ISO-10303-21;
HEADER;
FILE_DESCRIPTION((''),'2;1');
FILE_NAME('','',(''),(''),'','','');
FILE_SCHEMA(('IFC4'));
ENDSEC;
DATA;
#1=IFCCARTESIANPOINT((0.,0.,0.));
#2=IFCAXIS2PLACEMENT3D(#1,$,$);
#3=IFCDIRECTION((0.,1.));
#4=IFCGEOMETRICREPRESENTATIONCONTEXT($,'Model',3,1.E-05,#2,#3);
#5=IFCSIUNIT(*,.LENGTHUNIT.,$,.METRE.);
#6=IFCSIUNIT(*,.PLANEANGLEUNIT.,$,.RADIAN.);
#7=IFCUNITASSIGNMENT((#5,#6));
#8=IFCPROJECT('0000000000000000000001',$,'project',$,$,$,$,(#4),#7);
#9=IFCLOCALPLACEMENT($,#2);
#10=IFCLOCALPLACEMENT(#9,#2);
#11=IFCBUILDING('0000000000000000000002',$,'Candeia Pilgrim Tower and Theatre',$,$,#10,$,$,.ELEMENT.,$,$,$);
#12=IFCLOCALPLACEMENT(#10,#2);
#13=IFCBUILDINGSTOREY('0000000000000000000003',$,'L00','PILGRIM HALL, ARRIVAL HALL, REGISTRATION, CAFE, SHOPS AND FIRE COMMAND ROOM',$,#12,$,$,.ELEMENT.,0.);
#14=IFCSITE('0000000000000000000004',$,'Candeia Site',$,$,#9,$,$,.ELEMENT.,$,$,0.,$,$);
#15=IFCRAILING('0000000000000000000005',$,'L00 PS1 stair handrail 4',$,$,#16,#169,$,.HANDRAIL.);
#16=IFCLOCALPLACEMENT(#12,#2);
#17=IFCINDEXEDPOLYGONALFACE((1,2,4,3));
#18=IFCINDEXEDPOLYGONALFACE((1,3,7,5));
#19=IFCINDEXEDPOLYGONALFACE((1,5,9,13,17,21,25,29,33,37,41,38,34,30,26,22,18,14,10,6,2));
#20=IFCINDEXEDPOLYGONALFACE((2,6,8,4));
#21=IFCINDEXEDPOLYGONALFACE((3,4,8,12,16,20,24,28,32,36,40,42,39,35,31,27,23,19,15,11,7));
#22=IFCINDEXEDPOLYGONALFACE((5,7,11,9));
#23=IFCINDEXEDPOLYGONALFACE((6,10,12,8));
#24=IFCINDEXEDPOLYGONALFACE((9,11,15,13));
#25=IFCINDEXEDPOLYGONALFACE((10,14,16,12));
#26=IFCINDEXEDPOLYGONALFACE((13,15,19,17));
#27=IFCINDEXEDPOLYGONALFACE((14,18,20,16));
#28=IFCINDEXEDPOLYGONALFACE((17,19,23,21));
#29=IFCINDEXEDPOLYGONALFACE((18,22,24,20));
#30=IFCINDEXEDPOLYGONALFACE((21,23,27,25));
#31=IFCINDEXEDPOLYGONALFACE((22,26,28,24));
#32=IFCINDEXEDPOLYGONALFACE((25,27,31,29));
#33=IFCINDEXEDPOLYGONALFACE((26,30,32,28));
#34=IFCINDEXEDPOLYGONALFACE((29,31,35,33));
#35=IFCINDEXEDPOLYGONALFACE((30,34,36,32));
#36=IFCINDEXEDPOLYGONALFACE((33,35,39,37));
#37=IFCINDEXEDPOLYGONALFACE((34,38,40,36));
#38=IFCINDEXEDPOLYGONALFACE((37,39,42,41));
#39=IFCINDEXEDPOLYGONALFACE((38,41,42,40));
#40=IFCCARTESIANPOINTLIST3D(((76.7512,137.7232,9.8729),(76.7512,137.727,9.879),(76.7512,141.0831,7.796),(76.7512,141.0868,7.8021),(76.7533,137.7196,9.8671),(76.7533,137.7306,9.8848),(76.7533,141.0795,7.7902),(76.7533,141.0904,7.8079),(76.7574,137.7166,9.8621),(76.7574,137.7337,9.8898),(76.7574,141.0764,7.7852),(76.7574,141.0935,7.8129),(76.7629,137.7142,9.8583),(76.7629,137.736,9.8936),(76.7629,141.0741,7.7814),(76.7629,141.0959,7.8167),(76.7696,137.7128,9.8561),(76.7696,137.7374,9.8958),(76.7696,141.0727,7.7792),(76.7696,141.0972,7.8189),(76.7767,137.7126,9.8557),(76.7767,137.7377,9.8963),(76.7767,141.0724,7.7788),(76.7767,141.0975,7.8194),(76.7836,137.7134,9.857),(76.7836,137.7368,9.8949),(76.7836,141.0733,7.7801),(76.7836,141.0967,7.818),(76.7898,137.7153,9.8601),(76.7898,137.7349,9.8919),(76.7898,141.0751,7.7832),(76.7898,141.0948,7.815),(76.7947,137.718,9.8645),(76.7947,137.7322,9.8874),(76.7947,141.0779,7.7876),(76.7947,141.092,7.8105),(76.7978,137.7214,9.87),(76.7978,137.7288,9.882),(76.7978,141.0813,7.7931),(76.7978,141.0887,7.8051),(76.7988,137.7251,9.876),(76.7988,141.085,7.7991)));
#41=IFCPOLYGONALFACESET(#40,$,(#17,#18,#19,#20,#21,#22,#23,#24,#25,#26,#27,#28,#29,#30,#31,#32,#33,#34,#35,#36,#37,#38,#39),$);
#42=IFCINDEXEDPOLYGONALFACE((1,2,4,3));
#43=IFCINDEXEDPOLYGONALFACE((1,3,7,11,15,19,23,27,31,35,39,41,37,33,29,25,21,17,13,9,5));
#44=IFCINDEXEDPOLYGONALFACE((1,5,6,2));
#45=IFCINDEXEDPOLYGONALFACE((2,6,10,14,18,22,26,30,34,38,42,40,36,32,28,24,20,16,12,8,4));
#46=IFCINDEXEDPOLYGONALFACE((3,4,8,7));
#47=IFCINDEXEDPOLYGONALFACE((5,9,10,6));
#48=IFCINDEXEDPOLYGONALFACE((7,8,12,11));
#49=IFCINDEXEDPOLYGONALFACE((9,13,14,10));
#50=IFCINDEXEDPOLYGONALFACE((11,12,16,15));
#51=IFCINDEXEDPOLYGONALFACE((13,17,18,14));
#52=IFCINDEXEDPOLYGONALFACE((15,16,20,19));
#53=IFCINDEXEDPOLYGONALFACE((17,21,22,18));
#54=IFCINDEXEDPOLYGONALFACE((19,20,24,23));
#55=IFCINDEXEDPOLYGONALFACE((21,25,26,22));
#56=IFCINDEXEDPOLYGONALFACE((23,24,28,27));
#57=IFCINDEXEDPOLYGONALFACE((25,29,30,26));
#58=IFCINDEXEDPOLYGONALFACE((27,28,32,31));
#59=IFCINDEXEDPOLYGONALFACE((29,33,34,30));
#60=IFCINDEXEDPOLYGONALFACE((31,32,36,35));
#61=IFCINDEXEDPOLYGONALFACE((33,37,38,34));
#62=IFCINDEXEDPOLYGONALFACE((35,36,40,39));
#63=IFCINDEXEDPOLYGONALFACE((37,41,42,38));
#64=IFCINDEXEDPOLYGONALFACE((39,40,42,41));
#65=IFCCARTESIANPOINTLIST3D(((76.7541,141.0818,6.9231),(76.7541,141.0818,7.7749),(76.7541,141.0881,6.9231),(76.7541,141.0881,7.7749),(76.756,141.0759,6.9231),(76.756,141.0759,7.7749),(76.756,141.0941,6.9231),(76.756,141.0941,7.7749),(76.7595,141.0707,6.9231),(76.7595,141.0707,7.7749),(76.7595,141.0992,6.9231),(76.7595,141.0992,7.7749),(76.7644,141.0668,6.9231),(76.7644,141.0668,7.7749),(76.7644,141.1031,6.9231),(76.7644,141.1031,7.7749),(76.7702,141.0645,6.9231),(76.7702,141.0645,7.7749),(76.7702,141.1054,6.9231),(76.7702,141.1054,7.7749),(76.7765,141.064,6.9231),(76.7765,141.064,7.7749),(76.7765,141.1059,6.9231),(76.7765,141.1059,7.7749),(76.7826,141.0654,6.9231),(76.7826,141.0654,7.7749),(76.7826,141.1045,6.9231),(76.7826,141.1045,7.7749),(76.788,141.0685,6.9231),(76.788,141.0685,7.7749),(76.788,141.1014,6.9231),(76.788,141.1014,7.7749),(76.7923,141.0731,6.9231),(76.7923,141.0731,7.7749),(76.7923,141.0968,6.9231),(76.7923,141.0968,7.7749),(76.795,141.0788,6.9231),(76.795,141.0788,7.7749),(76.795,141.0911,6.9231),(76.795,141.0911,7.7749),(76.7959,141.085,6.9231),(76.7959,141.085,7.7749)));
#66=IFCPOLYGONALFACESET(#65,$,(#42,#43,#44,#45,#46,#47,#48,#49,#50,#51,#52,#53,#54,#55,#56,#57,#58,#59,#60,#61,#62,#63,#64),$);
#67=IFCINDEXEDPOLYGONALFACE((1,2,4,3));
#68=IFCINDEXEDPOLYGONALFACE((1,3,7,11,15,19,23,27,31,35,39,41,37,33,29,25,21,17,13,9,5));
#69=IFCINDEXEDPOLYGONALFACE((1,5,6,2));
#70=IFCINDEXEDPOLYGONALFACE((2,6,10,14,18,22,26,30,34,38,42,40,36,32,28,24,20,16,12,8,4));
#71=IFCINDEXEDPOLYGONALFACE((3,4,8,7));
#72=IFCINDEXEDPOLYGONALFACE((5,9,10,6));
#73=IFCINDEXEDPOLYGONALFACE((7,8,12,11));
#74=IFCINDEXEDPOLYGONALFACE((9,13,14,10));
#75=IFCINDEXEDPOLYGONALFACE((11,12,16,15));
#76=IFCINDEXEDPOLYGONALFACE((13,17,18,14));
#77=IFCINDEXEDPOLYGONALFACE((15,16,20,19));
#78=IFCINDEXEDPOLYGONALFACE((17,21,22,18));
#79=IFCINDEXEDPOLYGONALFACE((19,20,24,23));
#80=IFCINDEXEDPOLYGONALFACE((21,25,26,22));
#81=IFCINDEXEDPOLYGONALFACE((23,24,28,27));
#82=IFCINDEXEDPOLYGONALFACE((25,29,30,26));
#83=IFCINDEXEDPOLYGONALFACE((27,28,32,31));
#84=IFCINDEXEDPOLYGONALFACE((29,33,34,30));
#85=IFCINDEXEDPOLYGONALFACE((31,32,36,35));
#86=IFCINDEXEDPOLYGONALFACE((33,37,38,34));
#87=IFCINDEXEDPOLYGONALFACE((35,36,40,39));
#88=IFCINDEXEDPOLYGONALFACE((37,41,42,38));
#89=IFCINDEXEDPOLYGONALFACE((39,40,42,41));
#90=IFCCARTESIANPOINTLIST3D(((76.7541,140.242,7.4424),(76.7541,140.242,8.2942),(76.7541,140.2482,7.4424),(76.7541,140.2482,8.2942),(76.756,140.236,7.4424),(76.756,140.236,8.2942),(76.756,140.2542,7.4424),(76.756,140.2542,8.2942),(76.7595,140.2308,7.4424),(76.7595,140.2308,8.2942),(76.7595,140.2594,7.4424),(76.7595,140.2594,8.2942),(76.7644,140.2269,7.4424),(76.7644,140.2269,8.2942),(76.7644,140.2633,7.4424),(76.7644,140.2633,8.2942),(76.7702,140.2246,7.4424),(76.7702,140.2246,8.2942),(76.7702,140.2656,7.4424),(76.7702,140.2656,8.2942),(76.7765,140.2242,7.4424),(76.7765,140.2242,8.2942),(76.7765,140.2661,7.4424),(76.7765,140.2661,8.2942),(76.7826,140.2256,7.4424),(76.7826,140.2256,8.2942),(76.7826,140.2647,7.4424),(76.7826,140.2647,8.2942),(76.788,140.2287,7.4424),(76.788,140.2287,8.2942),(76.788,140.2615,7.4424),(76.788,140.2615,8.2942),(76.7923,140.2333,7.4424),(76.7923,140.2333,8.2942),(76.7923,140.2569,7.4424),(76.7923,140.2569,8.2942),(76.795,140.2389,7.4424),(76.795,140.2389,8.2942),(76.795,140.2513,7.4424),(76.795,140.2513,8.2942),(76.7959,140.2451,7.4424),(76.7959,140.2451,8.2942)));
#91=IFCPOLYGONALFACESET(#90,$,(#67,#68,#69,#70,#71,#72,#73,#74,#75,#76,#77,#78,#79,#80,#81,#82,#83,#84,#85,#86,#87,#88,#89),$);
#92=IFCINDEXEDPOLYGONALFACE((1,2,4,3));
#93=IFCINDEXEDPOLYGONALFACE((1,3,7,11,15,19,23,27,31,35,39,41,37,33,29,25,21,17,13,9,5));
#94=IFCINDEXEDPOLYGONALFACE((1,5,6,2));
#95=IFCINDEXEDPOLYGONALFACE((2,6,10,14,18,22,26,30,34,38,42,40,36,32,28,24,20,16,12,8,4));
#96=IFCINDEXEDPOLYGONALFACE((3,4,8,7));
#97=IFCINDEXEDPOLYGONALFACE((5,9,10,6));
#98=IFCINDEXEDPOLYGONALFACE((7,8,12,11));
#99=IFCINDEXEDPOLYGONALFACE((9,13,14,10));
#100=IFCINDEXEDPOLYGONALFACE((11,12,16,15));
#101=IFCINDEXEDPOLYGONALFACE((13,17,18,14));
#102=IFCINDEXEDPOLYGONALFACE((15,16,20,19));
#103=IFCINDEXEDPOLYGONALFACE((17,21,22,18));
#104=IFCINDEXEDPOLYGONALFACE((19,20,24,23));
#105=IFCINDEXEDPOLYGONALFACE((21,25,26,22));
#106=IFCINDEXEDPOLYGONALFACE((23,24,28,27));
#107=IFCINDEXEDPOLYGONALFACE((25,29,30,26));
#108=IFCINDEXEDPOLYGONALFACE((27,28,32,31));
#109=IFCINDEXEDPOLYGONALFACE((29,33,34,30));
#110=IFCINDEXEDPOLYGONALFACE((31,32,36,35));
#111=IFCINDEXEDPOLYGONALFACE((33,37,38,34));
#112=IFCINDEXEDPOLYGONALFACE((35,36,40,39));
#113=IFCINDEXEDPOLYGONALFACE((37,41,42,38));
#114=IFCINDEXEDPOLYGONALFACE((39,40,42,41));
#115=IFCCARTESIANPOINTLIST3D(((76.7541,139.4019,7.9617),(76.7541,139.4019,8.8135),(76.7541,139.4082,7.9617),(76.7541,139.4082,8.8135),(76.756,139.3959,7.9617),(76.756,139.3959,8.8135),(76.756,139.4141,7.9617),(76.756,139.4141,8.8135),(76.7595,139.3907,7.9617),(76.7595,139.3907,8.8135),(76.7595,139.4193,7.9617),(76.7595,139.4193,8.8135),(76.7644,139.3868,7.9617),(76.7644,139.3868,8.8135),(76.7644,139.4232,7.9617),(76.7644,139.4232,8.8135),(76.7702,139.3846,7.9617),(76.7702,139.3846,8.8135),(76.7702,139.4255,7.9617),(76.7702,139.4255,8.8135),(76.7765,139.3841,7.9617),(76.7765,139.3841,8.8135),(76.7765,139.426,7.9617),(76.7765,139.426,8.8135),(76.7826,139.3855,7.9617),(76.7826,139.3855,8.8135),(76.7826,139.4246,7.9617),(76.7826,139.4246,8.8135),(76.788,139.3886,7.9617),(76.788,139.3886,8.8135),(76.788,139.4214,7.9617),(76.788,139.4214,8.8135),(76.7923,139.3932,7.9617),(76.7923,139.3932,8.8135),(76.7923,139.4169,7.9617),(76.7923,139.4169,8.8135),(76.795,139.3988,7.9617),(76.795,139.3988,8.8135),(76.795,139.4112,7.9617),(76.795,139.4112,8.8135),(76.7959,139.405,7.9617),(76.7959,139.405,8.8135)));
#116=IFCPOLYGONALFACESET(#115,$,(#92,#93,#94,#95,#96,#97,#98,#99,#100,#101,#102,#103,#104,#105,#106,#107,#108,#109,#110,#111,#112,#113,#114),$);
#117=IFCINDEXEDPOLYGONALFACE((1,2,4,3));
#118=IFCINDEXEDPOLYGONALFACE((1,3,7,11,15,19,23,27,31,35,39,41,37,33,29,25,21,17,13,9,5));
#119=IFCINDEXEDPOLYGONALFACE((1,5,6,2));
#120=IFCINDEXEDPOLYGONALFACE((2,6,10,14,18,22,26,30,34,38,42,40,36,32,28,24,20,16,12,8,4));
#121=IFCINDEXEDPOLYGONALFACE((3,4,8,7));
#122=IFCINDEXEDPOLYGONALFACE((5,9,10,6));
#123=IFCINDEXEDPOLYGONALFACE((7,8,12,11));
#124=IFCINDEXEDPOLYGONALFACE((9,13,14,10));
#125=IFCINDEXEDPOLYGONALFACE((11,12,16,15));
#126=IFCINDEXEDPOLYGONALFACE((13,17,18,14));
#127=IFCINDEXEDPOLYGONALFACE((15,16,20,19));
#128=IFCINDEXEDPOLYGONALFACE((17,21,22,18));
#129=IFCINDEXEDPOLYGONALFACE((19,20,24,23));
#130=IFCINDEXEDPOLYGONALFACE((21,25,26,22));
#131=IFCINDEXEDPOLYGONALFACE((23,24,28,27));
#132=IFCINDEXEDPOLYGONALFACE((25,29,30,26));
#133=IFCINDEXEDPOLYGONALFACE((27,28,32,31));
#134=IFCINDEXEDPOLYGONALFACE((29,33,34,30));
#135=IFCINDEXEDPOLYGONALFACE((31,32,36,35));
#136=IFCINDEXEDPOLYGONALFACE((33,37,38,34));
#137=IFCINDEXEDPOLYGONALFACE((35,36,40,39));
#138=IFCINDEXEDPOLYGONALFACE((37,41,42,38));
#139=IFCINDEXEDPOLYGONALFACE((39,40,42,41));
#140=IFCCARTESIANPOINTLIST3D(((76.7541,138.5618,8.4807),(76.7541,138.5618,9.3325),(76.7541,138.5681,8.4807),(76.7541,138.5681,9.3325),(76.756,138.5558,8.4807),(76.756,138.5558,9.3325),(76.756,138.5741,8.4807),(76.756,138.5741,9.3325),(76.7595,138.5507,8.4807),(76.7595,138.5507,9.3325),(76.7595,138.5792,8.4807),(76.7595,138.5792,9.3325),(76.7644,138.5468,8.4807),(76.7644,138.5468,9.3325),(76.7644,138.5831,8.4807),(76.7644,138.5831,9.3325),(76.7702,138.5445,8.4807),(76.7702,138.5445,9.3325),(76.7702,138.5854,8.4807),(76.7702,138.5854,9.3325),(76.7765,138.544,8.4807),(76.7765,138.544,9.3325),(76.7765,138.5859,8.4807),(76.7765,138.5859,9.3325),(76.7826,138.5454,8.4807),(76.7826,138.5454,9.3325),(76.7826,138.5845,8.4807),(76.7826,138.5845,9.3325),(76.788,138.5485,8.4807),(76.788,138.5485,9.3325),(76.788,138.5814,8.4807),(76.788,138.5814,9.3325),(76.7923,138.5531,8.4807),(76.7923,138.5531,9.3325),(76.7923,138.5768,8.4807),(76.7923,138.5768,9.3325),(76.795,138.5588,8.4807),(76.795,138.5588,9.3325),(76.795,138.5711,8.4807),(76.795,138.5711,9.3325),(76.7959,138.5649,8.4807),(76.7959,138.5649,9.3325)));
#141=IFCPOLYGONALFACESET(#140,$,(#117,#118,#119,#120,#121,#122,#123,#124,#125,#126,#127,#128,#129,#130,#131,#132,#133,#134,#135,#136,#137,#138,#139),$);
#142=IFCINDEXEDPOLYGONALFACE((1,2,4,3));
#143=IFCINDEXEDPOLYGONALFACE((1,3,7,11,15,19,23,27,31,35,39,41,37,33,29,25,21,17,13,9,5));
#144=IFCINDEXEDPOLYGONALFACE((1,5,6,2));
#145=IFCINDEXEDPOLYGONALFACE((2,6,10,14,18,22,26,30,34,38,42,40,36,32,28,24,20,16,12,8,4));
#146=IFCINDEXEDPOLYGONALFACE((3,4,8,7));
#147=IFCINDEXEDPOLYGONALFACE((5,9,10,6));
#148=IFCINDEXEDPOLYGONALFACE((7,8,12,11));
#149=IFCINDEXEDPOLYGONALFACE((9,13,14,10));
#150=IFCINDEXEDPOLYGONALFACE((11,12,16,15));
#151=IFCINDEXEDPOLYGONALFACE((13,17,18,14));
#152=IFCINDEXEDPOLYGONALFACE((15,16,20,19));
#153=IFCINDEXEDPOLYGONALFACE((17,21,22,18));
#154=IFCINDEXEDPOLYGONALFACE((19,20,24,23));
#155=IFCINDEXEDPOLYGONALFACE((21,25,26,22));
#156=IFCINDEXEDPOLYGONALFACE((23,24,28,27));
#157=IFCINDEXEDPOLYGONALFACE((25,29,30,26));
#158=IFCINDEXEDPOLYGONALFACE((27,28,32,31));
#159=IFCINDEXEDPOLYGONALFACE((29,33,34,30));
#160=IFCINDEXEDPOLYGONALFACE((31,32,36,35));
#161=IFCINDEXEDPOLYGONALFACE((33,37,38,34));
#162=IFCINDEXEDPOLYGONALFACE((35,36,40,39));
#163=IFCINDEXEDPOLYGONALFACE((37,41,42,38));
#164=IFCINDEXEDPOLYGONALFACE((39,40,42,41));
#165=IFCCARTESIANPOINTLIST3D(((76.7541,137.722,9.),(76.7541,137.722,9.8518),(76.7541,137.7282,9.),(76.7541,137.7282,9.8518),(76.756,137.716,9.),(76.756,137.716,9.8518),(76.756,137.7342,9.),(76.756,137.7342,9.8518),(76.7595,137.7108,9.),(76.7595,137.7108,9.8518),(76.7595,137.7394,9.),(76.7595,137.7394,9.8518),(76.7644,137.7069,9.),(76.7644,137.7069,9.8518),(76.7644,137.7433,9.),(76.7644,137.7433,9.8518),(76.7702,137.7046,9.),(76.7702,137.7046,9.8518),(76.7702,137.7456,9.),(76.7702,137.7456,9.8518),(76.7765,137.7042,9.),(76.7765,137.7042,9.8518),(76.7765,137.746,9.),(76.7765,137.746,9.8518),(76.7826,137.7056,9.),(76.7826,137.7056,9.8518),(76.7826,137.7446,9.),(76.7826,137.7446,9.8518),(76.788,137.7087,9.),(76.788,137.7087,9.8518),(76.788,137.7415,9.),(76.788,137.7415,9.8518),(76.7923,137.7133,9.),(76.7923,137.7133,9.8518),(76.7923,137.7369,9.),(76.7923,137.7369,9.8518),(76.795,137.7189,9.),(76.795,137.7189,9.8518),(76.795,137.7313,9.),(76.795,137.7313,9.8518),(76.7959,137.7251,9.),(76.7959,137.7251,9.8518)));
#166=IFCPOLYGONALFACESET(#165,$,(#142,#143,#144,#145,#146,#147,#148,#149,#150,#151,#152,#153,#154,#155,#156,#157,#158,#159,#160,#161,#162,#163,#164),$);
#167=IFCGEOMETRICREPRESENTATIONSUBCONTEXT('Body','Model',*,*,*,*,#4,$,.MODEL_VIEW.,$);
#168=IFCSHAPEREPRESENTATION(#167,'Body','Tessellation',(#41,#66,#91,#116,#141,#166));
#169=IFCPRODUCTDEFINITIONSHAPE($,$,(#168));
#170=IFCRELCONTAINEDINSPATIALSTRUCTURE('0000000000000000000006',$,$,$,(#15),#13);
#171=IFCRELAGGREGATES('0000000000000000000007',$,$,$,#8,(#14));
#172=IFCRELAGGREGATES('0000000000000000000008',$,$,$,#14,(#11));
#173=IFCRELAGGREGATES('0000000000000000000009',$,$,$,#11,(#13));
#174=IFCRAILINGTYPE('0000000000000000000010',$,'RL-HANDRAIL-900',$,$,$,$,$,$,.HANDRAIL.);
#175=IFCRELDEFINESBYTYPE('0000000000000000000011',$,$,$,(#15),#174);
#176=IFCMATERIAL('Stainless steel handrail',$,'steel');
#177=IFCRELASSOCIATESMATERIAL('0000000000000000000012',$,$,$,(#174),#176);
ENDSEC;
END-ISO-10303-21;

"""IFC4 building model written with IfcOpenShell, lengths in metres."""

from ifc_helpers import new_model, si_unit, direction, frame, origin, origin_2d, place, context, subcontext, project, spatial, circle, extrude, material, type_object, element, save


model = new_model("IFC4")

# Units and contexts
model_context = context("Model", 3, precision=1e-05, world=origin(), true_north=direction((0.0, 1.0)))
body_context = subcontext(model_context, "Body", "Model", "MODEL_VIEW")
ifc_project = project(units=[si_unit("LENGTHUNIT", "METRE"), si_unit("PLANEANGLEUNIT", "RADIAN")], contexts=[model_context])

# Site, building, storey
site_placement = place(None, origin())
site = spatial("IfcSite", under=ifc_project, at=site_placement, Name="Candeia Site", CompositionType="ELEMENT", RefElevation=0.0)
building_placement = place(site_placement, origin())
building = spatial("IfcBuilding", under=site, at=building_placement, Name="Candeia Pilgrim Tower and Theatre", CompositionType="ELEMENT")
storey_placement = place(building_placement, origin())
storey = spatial("IfcBuildingStorey", under=building, at=storey_placement, Name="L00", Description="PILGRIM HALL, ARRIVAL HALL, REGISTRATION, CAFE, SHOPS AND FIRE COMMAND ROOM", CompositionType="ELEMENT", Elevation=0.0)

# Railing
ifc_material_1 = material(Name="Stainless steel handrail", Category="steel")
railing_type_1 = type_object("IfcRailingType", Name="RL-HANDRAIL-900", PredefinedType="HANDRAIL", material=ifc_material_1)
for number, where, name in (
    (1, (76.7749, 141.085, 6.9231), "L00 PS1 stair handrail 4"),
):
    element("IfcRailing", number, at=place(storey_placement, frame(where)), inside=storey, type_object=railing_type_1, Name=name, PredefinedType="HANDRAIL", context=body_context, shape_type="SweptSolid", body=[
        extrude(circle(Radius=0.0239, at=origin_2d()), frame((0.0, 0.0, 0.876), z_axis=(0.0, -0.850606, 0.525803), x_axis=(1.0, 0.0, 0.0)), (0.0, 0.0, 1.0), 3.95),
        extrude(circle(Radius=0.021, at=origin_2d()), origin(), (0.0, 0.0, 1.0), 0.8518),
        extrude(circle(Radius=0.021, at=origin_2d()), frame((0.0, -0.8398, 0.5193)), (0.0, 0.0, 1.0), 0.8518),
        extrude(circle(Radius=0.021, at=origin_2d()), frame((0.0, -1.6799, 1.0386)), (0.0, 0.0, 1.0), 0.8518),
        extrude(circle(Radius=0.021, at=origin_2d()), frame((0.0, -2.52, 1.5576)), (0.0, 0.0, 1.0), 0.8518),
        extrude(circle(Radius=0.021, at=origin_2d()), frame((0.0, -3.3599, 2.0769)), (0.0, 0.0, 1.0), 0.8518),
    ])

save(model, "model.ifc")
